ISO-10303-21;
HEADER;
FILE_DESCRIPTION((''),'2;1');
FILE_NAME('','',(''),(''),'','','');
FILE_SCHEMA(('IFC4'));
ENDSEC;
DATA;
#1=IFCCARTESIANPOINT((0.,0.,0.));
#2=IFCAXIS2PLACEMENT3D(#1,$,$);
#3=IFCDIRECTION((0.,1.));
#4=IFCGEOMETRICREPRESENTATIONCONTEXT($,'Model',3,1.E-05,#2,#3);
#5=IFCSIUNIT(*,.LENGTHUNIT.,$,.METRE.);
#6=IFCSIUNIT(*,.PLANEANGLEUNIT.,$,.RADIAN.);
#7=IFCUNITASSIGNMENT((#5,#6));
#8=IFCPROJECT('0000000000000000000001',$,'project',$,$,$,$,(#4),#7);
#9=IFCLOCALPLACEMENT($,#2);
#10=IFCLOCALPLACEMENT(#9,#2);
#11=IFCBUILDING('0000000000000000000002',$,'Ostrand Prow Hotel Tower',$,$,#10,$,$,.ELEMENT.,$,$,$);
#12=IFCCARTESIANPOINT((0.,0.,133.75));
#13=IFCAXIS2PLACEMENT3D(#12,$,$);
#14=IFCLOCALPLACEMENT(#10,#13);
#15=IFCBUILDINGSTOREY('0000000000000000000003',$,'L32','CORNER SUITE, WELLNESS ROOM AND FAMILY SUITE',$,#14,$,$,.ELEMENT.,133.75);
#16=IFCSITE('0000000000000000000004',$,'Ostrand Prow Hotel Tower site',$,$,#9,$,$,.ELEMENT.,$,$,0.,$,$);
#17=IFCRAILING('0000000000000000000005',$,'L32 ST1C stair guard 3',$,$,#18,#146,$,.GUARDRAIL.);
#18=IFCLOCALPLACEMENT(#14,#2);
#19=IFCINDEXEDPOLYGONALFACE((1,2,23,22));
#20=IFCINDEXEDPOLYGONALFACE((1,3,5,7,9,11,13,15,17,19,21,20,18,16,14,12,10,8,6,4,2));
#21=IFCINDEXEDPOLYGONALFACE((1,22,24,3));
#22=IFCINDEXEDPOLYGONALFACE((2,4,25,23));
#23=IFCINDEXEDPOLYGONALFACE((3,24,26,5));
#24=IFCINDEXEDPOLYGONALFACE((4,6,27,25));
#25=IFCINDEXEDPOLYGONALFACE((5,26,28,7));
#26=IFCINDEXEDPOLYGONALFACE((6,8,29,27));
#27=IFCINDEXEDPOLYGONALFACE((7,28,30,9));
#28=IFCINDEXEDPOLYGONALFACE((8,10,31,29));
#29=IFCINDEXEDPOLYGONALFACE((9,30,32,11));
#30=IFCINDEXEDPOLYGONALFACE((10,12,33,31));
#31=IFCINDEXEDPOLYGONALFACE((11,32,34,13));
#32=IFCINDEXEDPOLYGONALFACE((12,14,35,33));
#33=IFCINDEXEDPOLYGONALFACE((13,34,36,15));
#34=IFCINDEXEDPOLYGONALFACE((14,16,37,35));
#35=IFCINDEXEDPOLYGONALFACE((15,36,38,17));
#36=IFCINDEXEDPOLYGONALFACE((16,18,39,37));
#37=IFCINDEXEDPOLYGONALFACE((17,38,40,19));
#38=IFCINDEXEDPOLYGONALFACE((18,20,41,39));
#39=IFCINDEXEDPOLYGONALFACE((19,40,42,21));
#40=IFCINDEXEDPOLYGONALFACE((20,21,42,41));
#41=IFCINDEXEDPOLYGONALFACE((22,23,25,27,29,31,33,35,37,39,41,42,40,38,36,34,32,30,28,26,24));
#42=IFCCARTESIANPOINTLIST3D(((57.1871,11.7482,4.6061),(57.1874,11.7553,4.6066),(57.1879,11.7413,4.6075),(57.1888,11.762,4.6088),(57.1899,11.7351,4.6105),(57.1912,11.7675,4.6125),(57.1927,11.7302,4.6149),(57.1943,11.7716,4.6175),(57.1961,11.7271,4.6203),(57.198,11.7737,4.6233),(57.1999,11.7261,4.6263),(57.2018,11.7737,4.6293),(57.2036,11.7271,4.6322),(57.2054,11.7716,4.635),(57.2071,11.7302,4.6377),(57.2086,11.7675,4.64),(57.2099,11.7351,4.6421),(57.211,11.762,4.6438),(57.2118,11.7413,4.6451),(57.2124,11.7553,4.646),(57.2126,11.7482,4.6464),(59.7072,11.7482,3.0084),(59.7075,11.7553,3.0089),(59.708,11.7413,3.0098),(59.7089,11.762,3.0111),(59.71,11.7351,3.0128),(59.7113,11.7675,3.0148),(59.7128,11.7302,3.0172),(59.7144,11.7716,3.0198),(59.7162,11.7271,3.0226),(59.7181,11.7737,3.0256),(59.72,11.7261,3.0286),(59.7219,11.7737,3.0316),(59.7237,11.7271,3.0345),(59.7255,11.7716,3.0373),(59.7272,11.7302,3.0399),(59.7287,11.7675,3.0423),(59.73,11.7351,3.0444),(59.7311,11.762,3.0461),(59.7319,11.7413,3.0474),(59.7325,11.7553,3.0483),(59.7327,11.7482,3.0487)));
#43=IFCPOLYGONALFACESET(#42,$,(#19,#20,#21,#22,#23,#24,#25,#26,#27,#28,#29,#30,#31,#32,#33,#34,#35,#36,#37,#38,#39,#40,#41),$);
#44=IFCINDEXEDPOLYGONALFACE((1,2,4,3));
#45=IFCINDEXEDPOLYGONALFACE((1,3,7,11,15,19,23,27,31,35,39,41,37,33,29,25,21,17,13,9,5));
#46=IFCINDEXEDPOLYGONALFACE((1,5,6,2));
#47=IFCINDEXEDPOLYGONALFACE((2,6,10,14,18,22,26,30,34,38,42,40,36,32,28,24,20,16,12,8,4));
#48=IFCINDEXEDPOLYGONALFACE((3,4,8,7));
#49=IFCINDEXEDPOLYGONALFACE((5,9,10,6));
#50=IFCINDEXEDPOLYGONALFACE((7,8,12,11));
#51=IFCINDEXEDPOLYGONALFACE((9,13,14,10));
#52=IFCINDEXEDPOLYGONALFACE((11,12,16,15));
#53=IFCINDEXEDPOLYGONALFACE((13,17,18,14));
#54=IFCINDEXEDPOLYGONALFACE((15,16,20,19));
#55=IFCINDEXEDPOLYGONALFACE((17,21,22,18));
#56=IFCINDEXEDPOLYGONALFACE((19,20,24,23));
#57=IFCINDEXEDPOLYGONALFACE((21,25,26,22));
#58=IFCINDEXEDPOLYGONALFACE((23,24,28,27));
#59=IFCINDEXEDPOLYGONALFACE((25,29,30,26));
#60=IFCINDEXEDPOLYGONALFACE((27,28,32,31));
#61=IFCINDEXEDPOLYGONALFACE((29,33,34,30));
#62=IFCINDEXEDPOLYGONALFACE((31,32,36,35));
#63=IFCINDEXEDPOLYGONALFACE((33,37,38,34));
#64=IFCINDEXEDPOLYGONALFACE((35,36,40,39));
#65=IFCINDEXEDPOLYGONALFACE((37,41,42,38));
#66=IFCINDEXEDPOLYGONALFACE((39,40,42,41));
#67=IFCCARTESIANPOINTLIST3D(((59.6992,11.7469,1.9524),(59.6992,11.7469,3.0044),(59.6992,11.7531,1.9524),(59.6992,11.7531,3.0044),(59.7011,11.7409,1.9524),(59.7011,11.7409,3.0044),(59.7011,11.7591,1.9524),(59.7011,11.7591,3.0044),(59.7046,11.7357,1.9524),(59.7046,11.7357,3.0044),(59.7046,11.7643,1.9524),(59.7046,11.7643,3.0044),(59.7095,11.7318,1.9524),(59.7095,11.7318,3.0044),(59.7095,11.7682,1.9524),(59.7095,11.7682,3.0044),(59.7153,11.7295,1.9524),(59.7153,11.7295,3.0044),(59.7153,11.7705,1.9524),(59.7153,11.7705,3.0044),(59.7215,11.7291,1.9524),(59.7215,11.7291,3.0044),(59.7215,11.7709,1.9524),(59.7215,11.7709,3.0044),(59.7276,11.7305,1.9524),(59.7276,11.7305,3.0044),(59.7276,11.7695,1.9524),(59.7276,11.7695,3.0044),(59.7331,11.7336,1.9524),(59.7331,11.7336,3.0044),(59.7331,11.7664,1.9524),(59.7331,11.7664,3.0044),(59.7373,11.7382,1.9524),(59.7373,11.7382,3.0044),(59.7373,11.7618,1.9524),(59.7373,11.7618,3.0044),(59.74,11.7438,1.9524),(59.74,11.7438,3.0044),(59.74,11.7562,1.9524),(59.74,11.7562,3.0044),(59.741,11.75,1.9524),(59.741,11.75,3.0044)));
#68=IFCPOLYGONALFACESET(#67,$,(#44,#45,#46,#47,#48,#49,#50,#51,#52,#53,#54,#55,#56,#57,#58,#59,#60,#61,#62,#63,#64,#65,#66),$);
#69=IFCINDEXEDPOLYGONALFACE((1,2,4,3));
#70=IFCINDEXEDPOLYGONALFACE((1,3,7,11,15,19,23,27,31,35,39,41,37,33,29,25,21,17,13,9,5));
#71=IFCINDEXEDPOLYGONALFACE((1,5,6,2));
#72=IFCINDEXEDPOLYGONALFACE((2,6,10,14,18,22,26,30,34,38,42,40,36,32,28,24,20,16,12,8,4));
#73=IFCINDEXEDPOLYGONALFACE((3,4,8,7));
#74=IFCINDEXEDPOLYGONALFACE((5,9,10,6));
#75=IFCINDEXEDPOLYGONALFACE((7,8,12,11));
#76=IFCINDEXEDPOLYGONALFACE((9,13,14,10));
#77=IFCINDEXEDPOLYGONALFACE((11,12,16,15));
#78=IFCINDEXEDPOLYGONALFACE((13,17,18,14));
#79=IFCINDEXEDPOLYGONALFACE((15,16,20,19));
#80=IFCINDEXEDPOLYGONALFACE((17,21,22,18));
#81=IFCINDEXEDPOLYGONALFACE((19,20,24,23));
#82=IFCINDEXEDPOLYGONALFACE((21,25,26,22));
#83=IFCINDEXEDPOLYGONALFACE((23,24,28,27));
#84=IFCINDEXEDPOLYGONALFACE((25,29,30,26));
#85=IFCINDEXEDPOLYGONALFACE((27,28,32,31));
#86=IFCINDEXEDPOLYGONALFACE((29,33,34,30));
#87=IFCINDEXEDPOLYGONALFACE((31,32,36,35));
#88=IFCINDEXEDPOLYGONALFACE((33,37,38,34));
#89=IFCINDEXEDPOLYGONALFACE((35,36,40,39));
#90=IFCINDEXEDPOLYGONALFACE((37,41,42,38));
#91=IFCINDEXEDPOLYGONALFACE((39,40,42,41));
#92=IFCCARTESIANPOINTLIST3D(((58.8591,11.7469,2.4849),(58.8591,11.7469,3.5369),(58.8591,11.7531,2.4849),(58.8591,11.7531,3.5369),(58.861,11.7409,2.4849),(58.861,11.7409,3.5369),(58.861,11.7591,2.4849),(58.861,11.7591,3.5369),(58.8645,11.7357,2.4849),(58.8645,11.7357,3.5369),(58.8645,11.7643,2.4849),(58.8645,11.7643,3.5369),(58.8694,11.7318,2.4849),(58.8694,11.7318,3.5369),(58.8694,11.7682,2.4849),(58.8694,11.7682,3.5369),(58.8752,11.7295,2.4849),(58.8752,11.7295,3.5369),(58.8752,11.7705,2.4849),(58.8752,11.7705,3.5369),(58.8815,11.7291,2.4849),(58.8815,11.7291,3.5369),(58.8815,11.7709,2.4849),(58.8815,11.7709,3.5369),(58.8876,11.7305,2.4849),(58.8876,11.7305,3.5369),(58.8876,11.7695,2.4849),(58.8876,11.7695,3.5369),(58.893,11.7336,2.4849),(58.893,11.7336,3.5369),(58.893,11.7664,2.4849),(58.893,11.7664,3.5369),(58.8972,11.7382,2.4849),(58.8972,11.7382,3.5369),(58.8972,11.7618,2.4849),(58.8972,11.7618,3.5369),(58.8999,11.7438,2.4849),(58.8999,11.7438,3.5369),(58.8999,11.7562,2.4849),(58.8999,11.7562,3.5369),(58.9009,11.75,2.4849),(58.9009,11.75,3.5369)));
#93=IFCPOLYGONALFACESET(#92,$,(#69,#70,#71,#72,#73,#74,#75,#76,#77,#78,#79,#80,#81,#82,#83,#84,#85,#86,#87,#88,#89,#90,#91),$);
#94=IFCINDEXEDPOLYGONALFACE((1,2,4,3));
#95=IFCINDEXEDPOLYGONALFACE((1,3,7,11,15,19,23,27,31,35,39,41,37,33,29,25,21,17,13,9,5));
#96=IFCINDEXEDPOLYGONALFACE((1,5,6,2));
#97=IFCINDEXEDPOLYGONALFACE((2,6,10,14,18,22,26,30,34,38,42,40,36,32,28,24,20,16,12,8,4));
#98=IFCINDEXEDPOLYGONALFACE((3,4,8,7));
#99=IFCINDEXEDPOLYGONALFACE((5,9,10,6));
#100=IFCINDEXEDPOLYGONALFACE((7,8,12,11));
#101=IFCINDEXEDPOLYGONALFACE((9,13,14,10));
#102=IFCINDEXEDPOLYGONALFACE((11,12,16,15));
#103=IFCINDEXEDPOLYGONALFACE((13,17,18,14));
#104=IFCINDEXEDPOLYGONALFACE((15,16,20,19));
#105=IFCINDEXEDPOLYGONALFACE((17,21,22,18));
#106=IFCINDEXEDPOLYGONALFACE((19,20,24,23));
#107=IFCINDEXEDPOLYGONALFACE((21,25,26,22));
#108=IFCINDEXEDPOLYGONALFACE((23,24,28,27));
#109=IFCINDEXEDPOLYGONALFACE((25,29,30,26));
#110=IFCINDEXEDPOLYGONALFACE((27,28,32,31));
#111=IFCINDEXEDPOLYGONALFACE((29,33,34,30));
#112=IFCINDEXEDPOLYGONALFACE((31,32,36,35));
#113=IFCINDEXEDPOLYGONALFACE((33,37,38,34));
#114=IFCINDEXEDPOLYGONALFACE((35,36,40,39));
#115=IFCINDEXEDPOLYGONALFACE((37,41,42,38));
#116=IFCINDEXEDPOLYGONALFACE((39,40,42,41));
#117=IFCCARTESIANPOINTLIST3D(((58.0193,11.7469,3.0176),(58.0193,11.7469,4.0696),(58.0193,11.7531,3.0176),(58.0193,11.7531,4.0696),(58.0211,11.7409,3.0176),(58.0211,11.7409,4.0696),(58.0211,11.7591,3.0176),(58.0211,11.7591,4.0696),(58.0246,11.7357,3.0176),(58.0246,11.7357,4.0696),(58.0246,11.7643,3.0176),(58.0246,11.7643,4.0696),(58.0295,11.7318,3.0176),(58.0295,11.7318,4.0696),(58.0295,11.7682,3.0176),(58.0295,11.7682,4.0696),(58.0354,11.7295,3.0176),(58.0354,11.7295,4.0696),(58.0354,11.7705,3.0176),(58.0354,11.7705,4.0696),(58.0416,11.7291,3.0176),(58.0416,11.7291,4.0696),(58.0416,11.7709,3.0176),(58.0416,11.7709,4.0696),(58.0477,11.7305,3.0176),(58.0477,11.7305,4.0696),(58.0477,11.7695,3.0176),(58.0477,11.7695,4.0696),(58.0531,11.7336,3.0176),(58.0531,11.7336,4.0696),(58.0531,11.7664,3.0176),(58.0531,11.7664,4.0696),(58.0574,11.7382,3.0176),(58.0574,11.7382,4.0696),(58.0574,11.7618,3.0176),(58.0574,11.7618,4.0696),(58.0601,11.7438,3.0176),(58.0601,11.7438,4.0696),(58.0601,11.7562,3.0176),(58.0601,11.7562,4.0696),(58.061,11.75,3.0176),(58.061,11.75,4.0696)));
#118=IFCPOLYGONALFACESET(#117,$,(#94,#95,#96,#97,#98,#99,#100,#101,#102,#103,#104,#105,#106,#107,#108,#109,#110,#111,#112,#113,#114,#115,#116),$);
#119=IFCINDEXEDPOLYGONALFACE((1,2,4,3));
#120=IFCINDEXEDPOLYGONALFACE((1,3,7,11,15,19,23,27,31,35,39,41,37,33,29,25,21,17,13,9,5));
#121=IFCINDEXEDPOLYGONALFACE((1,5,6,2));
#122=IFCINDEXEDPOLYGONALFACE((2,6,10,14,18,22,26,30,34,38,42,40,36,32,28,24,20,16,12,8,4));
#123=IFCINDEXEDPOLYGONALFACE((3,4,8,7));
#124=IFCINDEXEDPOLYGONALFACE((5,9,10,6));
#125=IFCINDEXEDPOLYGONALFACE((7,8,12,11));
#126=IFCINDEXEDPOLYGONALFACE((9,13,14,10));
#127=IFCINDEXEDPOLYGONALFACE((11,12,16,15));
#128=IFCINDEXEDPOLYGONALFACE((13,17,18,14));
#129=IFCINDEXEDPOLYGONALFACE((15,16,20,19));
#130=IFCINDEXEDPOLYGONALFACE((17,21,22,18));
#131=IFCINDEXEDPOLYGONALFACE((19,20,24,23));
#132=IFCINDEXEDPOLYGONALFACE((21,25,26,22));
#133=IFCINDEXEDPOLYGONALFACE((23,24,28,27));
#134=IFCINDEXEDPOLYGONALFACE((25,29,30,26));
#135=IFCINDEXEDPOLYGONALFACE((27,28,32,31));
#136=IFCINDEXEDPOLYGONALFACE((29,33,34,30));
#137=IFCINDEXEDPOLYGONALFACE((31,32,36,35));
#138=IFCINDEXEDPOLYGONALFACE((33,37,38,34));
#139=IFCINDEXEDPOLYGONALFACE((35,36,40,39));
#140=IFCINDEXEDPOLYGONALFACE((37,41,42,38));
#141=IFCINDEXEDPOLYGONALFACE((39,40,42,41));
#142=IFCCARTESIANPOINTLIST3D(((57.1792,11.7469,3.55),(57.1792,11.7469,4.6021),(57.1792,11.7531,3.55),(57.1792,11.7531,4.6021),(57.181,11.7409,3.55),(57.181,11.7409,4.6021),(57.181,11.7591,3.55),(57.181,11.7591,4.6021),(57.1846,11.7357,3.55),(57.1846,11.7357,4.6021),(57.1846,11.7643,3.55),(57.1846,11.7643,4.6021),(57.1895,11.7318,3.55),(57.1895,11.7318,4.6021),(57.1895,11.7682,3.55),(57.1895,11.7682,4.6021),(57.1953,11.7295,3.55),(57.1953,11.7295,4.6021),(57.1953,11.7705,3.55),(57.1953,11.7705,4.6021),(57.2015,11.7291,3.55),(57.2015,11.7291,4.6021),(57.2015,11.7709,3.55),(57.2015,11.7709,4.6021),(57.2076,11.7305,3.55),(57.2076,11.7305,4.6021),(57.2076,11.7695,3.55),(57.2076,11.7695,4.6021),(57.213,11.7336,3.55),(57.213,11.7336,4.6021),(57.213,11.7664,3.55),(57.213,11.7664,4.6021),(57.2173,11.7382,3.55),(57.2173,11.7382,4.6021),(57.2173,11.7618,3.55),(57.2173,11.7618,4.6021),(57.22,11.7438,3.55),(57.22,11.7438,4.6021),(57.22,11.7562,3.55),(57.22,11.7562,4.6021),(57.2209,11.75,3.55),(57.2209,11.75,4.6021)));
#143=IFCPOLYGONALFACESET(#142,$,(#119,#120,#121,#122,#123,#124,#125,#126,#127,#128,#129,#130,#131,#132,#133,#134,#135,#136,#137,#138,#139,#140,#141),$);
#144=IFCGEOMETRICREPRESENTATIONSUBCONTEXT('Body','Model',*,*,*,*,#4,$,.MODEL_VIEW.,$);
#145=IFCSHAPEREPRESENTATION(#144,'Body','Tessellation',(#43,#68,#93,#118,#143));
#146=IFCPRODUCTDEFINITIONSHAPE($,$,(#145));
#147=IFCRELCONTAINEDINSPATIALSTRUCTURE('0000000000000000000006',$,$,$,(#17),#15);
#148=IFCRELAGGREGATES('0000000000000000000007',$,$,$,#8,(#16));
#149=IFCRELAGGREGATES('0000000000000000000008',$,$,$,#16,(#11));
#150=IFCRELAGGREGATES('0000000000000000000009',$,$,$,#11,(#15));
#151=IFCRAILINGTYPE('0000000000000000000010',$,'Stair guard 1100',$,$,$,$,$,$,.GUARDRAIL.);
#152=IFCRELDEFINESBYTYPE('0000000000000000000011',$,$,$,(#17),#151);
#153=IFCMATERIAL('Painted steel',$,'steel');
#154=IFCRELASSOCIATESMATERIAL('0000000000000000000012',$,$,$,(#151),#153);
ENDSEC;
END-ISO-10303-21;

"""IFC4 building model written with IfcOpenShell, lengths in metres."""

from ifc_helpers import new_model, si_unit, direction, frame, origin, origin_2d, place, context, subcontext, project, spatial, circle, extrude, material, type_object, element, save


model = new_model("IFC4")

# Units and contexts
model_context = context("Model", 3, precision=1e-05, world=origin(), true_north=direction((0.0, 1.0)))
body_context = subcontext(model_context, "Body", "Model", "MODEL_VIEW")
ifc_project = project(units=[si_unit("LENGTHUNIT", "METRE"), si_unit("PLANEANGLEUNIT", "RADIAN")], contexts=[model_context])

# Site, building, storey
site_placement = place(None, origin())
site = spatial("IfcSite", under=ifc_project, at=site_placement, Name="Ostrand Prow Hotel Tower site", CompositionType="ELEMENT", RefElevation=0.0)
building_placement = place(site_placement, origin())
building = spatial("IfcBuilding", under=site, at=building_placement, Name="Ostrand Prow Hotel Tower", CompositionType="ELEMENT")
storey_placement = place(building_placement, frame((0.0, 0.0, 133.75)))
storey = spatial("IfcBuildingStorey", under=building, at=storey_placement, Name="L32", Description="CORNER SUITE, WELLNESS ROOM AND FAMILY SUITE", CompositionType="ELEMENT", Elevation=133.75)

# Railing
ifc_material_1 = material(Name="Painted steel", Category="steel")
railing_type_1 = type_object("IfcRailingType", Name="Stair guard 1100", PredefinedType="GUARDRAIL", material=ifc_material_1)
railing_1_placement = place(storey_placement, frame((59.72, 11.75, 1.9524)))
element("IfcRailing", 1, at=railing_1_placement, inside=storey, type_object=railing_type_1, Name="L32 ST1C stair guard 3", PredefinedType="GUARDRAIL", context=body_context, shape_type="SweptSolid", body=[
    extrude(circle(Radius=0.0239, at=origin_2d()), frame((0.0, 0.0, 1.0762), z_axis=(-0.84457, 0.0, 0.535445), x_axis=(0.0, -1.0, 0.0)), (0.0, 0.0, 1.0), 2.9839),
    extrude(circle(Radius=0.021, at=origin_2d()), origin(), (0.0, 0.0, 1.0), 1.052),
    extrude(circle(Radius=0.021, at=origin_2d()), frame((-0.8401, 0.0, 0.5325)), (0.0, 0.0, 1.0), 1.052),
    extrude(circle(Radius=0.021, at=origin_2d()), frame((-1.6799, 0.0, 1.0652)), (0.0, 0.0, 1.0), 1.052),
    extrude(circle(Radius=0.021, at=origin_2d()), frame((-2.52, 0.0, 1.5977)), (0.0, 0.0, 1.0), 1.052),
])

save(model, "model.ifc")
